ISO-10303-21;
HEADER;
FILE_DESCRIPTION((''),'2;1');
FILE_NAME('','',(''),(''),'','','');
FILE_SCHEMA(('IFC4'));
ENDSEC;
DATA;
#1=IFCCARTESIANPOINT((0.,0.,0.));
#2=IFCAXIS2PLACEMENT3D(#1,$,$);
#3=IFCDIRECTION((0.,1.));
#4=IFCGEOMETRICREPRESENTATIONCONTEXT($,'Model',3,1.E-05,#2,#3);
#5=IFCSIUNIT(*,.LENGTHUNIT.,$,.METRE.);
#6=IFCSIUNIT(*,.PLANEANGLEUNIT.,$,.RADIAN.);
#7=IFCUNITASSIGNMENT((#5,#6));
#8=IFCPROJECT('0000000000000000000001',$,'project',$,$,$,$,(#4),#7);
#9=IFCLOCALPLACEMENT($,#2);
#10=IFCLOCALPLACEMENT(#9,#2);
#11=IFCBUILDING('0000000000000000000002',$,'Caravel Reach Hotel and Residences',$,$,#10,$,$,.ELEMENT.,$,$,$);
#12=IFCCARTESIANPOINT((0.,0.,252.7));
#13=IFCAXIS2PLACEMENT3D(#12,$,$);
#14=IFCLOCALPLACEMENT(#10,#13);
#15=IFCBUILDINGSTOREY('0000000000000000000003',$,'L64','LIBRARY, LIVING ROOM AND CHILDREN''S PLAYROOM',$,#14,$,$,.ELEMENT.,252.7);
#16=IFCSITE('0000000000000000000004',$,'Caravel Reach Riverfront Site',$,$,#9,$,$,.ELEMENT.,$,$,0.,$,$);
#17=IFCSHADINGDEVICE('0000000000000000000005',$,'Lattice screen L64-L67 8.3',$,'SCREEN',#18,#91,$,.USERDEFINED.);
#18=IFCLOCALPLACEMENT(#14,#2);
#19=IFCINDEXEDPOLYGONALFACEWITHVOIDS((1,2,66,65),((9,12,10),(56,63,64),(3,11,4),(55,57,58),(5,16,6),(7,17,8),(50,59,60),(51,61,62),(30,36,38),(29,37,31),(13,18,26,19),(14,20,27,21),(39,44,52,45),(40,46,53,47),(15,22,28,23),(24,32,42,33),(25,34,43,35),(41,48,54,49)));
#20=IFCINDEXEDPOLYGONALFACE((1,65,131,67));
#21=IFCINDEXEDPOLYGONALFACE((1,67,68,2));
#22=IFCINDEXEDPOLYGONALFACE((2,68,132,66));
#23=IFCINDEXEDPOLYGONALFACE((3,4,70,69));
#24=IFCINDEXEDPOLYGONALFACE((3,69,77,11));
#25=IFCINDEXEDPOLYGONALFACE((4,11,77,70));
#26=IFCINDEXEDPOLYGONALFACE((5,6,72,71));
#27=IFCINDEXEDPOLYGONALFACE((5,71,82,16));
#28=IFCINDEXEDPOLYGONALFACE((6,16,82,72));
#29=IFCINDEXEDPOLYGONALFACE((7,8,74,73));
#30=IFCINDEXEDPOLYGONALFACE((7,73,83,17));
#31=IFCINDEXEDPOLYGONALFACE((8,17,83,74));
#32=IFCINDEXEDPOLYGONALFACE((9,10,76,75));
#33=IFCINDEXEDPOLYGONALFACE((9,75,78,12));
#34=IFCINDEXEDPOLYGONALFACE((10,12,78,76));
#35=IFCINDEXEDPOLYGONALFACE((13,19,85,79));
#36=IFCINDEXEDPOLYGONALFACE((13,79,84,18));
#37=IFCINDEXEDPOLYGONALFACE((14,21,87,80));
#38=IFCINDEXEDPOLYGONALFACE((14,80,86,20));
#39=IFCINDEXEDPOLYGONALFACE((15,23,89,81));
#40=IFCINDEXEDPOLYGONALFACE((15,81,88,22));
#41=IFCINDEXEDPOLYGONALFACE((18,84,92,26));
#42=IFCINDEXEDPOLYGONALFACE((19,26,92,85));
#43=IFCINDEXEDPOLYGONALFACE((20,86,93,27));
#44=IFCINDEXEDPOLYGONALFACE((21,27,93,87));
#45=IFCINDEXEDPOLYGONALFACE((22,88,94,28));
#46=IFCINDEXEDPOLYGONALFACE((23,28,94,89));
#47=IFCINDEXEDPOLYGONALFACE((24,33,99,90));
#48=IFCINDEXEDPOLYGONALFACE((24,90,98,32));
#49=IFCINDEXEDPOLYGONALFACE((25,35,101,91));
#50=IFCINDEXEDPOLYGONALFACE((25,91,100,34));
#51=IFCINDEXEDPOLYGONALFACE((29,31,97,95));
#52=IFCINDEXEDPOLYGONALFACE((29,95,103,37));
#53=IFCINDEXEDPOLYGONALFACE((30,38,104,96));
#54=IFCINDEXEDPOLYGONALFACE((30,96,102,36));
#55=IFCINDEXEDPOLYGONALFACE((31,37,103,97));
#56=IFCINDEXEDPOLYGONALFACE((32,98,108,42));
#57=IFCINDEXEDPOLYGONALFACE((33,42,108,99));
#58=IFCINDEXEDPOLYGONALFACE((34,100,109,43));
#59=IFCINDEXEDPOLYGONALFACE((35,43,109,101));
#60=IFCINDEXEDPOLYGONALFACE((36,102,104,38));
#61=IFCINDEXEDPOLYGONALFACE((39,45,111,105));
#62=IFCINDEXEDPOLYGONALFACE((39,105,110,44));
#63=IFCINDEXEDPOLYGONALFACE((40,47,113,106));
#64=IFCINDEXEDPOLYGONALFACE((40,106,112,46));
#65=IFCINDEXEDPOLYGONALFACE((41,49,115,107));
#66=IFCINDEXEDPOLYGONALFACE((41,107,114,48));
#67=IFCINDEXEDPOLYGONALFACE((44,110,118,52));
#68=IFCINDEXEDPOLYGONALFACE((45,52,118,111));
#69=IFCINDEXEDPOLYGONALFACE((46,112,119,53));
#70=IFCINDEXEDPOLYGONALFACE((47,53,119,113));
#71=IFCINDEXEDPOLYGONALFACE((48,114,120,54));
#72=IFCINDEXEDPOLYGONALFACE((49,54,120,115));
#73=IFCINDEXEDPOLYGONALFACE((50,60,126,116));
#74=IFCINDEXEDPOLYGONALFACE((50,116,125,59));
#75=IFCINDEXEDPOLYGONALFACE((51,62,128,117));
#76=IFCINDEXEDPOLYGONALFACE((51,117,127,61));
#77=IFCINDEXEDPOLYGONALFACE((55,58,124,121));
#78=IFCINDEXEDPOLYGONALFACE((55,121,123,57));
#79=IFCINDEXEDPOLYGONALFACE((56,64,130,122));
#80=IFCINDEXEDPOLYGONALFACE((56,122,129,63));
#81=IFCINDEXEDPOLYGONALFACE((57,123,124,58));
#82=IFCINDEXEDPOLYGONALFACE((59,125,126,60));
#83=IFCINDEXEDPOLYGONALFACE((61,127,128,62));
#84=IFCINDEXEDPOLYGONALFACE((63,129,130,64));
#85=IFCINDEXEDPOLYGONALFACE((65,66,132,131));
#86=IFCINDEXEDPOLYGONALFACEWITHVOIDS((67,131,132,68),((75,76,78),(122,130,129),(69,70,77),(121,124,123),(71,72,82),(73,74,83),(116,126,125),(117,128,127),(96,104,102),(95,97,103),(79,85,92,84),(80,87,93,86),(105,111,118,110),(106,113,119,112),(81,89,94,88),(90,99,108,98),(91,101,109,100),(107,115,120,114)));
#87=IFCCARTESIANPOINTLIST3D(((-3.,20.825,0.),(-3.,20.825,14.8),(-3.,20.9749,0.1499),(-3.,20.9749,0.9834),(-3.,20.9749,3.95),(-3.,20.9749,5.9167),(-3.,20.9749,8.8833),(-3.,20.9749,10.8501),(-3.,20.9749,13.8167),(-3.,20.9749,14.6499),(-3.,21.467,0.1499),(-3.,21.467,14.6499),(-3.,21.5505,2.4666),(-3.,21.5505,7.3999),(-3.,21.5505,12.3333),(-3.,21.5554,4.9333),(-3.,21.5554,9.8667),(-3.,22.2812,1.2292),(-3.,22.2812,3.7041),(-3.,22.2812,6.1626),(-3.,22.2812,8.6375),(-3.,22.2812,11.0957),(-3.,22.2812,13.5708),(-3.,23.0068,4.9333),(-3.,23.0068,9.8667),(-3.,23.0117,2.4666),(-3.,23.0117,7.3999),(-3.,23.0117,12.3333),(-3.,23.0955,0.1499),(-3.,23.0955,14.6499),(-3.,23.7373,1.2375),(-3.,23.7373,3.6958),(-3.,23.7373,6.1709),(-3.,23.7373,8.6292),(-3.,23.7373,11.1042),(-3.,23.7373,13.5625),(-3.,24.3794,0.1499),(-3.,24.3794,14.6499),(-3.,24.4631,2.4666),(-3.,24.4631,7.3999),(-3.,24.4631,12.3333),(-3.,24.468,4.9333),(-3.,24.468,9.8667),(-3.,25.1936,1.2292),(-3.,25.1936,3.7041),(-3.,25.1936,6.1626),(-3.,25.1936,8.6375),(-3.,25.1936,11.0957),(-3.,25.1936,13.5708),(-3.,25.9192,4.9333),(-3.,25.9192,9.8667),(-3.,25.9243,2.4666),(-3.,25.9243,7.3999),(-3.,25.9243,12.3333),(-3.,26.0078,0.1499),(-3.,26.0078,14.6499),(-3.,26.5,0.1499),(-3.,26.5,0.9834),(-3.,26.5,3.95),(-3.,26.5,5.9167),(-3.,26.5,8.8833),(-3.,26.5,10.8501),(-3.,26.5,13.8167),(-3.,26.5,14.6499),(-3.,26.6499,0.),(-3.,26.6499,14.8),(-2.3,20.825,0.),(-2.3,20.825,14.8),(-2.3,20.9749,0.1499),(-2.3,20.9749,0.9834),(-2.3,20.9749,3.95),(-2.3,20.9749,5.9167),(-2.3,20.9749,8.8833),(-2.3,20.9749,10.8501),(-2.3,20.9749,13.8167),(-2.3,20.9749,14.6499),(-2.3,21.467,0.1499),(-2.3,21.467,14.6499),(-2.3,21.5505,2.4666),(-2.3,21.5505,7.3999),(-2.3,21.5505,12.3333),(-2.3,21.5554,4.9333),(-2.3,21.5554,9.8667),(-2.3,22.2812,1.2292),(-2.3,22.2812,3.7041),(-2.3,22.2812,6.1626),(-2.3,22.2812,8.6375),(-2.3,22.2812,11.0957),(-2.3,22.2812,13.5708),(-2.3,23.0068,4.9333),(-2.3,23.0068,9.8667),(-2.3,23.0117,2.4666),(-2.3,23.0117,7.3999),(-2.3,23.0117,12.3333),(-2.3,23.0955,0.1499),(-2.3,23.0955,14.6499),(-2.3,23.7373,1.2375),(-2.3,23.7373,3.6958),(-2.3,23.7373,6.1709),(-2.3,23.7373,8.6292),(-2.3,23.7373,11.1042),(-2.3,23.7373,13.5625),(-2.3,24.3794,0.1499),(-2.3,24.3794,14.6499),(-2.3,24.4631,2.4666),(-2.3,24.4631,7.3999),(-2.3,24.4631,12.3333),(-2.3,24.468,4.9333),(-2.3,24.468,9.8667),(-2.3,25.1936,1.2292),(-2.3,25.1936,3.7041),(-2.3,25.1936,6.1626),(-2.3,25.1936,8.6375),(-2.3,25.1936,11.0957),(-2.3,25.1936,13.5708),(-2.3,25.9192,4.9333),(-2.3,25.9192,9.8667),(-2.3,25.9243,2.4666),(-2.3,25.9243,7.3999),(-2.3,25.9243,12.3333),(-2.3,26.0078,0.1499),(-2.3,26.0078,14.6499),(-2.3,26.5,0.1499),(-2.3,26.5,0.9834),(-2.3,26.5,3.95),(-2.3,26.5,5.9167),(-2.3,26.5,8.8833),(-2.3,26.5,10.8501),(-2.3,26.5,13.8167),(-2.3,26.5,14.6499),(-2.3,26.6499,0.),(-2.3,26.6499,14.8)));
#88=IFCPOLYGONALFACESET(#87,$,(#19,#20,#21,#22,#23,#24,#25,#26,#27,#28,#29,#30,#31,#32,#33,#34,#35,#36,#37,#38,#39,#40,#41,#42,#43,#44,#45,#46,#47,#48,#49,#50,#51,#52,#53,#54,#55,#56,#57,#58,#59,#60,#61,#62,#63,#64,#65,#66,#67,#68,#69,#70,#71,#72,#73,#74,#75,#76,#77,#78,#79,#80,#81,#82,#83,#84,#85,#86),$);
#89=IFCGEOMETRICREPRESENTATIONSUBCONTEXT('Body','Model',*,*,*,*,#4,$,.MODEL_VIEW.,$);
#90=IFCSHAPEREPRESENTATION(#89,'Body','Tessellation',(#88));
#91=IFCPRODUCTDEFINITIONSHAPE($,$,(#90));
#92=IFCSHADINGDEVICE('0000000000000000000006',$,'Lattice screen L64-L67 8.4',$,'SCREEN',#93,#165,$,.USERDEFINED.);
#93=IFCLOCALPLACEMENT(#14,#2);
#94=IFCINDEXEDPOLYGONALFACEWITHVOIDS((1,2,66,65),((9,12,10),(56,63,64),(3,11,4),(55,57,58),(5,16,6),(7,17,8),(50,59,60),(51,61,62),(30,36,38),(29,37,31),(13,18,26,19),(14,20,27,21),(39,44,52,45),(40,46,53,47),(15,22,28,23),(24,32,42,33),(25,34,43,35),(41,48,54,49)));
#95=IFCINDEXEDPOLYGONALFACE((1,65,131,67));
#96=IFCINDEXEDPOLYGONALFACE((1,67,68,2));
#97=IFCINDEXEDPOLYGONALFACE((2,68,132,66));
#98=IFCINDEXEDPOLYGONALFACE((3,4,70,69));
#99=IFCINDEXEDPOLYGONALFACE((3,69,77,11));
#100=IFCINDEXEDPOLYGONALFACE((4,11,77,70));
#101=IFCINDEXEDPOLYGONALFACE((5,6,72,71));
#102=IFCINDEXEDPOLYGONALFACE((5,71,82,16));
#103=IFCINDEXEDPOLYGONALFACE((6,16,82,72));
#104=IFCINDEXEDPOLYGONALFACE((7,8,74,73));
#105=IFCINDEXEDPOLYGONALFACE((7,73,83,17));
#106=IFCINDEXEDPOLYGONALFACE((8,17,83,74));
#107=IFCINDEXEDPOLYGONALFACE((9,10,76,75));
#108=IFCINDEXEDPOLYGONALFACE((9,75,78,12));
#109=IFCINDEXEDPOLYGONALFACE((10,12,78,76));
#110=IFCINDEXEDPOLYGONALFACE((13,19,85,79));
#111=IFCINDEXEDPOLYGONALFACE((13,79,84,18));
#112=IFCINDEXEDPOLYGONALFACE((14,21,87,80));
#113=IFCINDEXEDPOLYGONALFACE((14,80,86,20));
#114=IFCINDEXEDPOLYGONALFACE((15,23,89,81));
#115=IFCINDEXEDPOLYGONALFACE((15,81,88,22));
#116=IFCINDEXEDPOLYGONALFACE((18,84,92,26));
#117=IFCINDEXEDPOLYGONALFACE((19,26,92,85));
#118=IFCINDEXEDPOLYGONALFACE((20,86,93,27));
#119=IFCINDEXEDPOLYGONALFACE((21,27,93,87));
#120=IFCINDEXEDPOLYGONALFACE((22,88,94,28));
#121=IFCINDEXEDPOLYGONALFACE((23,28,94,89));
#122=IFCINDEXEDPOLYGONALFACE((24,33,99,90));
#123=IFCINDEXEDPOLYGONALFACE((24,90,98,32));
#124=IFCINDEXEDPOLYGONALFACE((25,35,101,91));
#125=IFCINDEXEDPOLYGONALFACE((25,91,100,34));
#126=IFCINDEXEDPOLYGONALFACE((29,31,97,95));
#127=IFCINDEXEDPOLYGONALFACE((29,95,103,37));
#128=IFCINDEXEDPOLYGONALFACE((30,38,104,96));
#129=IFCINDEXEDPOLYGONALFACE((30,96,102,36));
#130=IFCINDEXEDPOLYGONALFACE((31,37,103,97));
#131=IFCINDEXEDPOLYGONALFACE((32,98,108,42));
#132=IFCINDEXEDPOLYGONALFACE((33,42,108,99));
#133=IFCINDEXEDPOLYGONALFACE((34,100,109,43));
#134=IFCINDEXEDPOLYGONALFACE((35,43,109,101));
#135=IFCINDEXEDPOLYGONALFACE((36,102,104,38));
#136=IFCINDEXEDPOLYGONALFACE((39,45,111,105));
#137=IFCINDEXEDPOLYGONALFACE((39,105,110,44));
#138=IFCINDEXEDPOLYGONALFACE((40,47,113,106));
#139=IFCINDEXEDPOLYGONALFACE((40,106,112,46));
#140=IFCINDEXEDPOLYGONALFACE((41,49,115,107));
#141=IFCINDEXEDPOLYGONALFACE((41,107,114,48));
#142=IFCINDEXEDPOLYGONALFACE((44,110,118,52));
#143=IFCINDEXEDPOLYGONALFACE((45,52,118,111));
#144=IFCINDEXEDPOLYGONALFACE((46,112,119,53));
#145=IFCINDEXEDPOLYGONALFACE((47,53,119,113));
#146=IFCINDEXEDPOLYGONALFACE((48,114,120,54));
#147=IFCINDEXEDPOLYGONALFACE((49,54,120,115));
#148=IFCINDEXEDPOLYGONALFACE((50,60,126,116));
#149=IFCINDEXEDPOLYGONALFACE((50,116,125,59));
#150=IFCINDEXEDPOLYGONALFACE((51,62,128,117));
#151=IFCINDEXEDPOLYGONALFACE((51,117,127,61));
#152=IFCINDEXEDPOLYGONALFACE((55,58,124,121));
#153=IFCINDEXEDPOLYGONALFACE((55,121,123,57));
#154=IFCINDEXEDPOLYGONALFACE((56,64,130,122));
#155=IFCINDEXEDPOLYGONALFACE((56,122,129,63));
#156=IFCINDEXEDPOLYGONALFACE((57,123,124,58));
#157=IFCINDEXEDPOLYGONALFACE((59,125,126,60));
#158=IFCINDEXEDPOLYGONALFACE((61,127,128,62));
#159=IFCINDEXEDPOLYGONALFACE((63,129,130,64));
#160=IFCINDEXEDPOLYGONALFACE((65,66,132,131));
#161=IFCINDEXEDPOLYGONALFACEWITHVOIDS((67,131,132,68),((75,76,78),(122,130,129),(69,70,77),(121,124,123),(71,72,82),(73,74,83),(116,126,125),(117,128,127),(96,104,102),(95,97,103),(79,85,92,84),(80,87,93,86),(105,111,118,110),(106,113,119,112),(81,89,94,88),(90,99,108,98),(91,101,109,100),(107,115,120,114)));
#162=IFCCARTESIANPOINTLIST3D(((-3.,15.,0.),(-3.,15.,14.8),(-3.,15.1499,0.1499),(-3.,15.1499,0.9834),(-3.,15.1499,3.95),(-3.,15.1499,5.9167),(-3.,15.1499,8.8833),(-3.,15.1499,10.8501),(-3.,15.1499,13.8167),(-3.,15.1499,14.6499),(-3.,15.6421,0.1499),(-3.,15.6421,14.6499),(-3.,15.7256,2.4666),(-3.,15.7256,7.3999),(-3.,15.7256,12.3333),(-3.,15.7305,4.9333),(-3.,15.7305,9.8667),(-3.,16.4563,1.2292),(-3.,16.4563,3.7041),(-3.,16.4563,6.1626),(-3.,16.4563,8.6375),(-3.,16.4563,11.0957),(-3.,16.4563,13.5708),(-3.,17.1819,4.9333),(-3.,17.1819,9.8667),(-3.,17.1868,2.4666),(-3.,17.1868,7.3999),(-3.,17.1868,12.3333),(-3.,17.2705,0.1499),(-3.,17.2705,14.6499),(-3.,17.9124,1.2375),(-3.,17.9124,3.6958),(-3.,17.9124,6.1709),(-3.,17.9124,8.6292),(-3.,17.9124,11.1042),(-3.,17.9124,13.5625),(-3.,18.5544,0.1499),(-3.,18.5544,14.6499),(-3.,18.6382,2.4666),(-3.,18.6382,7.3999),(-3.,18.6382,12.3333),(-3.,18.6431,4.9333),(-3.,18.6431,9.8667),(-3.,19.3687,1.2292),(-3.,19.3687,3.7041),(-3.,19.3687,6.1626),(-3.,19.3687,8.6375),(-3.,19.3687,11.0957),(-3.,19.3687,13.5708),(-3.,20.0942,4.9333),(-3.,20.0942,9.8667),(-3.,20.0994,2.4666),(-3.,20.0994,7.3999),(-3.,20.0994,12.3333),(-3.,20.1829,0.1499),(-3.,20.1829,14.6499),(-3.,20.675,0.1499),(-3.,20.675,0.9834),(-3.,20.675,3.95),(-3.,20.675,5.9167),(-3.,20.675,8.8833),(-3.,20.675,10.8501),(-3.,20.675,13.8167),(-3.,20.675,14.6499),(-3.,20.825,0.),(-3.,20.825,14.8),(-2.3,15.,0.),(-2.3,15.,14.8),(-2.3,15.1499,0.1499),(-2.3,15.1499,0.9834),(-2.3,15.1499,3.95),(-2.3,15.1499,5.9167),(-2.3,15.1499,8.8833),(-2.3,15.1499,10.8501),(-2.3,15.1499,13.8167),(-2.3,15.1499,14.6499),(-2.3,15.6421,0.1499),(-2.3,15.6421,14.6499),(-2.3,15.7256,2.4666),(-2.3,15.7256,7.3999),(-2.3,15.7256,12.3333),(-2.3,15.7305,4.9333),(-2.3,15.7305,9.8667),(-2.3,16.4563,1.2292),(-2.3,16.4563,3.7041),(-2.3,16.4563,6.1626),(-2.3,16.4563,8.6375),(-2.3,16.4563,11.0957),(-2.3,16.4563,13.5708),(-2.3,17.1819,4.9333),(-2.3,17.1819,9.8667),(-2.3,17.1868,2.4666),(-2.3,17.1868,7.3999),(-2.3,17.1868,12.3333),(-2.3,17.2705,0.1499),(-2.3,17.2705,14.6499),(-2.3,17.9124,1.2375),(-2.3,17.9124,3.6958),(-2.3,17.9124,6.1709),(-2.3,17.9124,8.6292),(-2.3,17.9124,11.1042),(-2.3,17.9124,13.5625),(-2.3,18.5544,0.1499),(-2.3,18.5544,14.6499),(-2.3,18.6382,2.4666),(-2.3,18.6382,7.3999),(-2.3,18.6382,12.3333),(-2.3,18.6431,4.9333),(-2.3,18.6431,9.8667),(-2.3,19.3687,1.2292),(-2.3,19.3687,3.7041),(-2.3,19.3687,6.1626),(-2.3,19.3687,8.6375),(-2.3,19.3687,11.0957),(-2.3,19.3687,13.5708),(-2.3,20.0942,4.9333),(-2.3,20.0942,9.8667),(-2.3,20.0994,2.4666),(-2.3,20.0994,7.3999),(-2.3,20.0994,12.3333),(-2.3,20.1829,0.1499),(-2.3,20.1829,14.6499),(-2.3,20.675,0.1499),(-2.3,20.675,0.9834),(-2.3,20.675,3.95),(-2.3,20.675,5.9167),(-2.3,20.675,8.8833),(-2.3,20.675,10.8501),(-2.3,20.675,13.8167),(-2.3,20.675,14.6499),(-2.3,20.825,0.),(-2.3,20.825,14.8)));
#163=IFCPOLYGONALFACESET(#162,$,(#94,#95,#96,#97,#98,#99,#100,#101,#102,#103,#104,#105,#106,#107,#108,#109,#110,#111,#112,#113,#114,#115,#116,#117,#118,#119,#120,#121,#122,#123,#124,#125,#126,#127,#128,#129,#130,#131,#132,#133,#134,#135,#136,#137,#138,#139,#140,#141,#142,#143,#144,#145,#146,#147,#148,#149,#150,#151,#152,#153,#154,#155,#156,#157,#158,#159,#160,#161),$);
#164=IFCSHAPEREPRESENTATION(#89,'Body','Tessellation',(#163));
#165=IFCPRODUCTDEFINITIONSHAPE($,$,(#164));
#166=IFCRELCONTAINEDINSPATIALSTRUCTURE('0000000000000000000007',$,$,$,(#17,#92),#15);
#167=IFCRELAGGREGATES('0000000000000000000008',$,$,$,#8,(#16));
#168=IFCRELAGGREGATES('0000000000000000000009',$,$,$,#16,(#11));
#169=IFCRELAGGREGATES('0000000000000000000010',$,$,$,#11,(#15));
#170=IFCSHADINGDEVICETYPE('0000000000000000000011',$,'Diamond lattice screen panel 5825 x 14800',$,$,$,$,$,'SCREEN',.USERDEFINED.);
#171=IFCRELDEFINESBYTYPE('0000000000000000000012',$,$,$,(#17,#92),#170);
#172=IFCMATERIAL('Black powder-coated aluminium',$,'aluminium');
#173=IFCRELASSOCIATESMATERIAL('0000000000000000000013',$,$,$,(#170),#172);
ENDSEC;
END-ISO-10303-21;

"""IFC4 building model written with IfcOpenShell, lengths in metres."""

from ifc_helpers import new_model, si_unit, direction, frame, origin, place, context, subcontext, project, spatial, polyline, outline, extrude, material, type_object, element, save


model = new_model("IFC4")

# Units and contexts
model_context = context("Model", 3, precision=1e-05, world=origin(), true_north=direction((0.0, 1.0)))
body_context = subcontext(model_context, "Body", "Model", "MODEL_VIEW")
ifc_project = project(units=[si_unit("LENGTHUNIT", "METRE"), si_unit("PLANEANGLEUNIT", "RADIAN")], contexts=[model_context])

# Site, building, storey
site_placement = place(None, origin())
site = spatial("IfcSite", under=ifc_project, at=site_placement, Name="Caravel Reach Riverfront Site", CompositionType="ELEMENT", RefElevation=0.0)
building_placement = place(site_placement, origin())
building = spatial("IfcBuilding", under=site, at=building_placement, Name="Caravel Reach Hotel and Residences", CompositionType="ELEMENT")
storey_placement = place(building_placement, frame((0.0, 0.0, 252.7)))
storey = spatial("IfcBuildingStorey", under=building, at=storey_placement, Name="L64", Description="LIBRARY, LIVING ROOM AND CHILDREN'S PLAYROOM", CompositionType="ELEMENT", Elevation=252.7)

# Shading devices
ifc_material_1 = material(Name="Black powder-coated aluminium", Category="aluminium")
shading_device_type = type_object("IfcShadingDeviceType", Name="Diamond lattice screen panel 5825 x 14800", ElementType="SCREEN", PredefinedType="USERDEFINED", material=ifc_material_1)
shading_device_1_placement = place(storey_placement, frame((-2.3, 26.6499, 0.0), z_axis=(-1.0, 0.0, 0.0), x_axis=(0.0, -1.0, 0.0)))
element("IfcShadingDevice", 1, at=shading_device_1_placement, inside=storey, type_object=shading_device_type, Name="Lattice screen L64-L67 8.3", ObjectType="SCREEN", PredefinedType="USERDEFINED", context=body_context, shape_type="SweptSolid", body=[
    extrude(outline(polyline([(0.0, 0.0), (5.825, 0.0), (5.825, 14.8), (0.0, 14.8), (0.0, 0.0)]), holes=[polyline([(0.6421, 0.1499), (0.1499, 0.9834), (0.1499, 0.1499), (0.6421, 0.1499)]), polyline([(0.7307, 4.9333), (0.1499, 5.9167), (0.1499, 3.95), (0.7307, 4.9333)]), polyline([(0.7307, 9.8667), (0.1499, 10.8501), (0.1499, 8.8833), (0.7307, 9.8667)]), polyline([(0.1499, 13.8167), (0.6421, 14.6499), (0.1499, 14.6499), (0.1499, 13.8167)]), polyline([(1.4563, 3.7041), (0.7256, 2.4666), (1.4563, 1.2292), (2.1868, 2.4666), (1.4563, 3.7041)]), polyline([(1.4563, 8.6375), (0.7256, 7.3999), (1.4563, 6.1626), (2.1868, 7.3999), (1.4563, 8.6375)]), polyline([(1.4563, 13.5708), (0.7256, 12.3333), (1.4563, 11.0957), (2.1868, 12.3333), (1.4563, 13.5708)]), polyline([(2.9126, 1.2375), (2.2705, 0.1499), (3.5544, 0.1499), (2.9126, 1.2375)]), polyline([(2.9126, 6.1709), (2.1819, 4.9333), (2.9126, 3.6958), (3.6431, 4.9333), (2.9126, 6.1709)]), polyline([(2.9126, 11.1042), (2.1819, 9.8667), (2.9126, 8.6292), (3.6431, 9.8667), (2.9126, 11.1042)]), polyline([(2.9126, 13.5625), (3.5544, 14.6499), (2.2705, 14.6499), (2.9126, 13.5625)]), polyline([(4.3687, 3.7041), (3.6382, 2.4666), (4.3687, 1.2292), (5.0994, 2.4666), (4.3687, 3.7041)]), polyline([(4.3687, 8.6375), (3.6382, 7.3999), (4.3687, 6.1626), (5.0994, 7.3999), (4.3687, 8.6375)]), polyline([(4.3687, 13.5708), (3.6382, 12.3333), (4.3687, 11.0957), (5.0994, 12.3333), (4.3687, 13.5708)]), polyline([(5.675, 0.9834), (5.1829, 0.1499), (5.675, 0.1499), (5.675, 0.9834)]), polyline([(5.0945, 4.9333), (5.675, 3.95), (5.675, 5.9167), (5.0945, 4.9333)]), polyline([(5.0945, 9.8667), (5.675, 8.8833), (5.675, 10.8501), (5.0945, 9.8667)]), polyline([(5.1829, 14.6499), (5.675, 13.8167), (5.675, 14.6499), (5.1829, 14.6499)])]), origin(), (0.0, 0.0, 1.0), 0.7),
])
shading_device_2_placement = place(storey_placement, frame((-2.3, 20.825, 0.0), z_axis=(-1.0, 0.0, 0.0), x_axis=(0.0, -1.0, 0.0)))
element("IfcShadingDevice", 2, at=shading_device_2_placement, inside=storey, type_object=shading_device_type, Name="Lattice screen L64-L67 8.4", ObjectType="SCREEN", PredefinedType="USERDEFINED", context=body_context, shape_type="SweptSolid", body=[
    extrude(outline(polyline([(0.0, 0.0), (5.825, 0.0), (5.825, 14.8), (0.0, 14.8), (0.0, 0.0)]), holes=[polyline([(0.6421, 0.1499), (0.1499, 0.9834), (0.1499, 0.1499), (0.6421, 0.1499)]), polyline([(0.7307, 4.9333), (0.1499, 5.9167), (0.1499, 3.95), (0.7307, 4.9333)]), polyline([(0.7307, 9.8667), (0.1499, 10.8501), (0.1499, 8.8833), (0.7307, 9.8667)]), polyline([(0.1499, 13.8167), (0.6421, 14.6499), (0.1499, 14.6499), (0.1499, 13.8167)]), polyline([(1.4563, 3.7041), (0.7256, 2.4666), (1.4563, 1.2292), (2.1868, 2.4666), (1.4563, 3.7041)]), polyline([(1.4563, 8.6375), (0.7256, 7.3999), (1.4563, 6.1626), (2.1868, 7.3999), (1.4563, 8.6375)]), polyline([(1.4563, 13.5708), (0.7256, 12.3333), (1.4563, 11.0957), (2.1868, 12.3333), (1.4563, 13.5708)]), polyline([(2.9126, 1.2375), (2.2705, 0.1499), (3.5544, 0.1499), (2.9126, 1.2375)]), polyline([(2.9126, 6.1709), (2.1819, 4.9333), (2.9126, 3.6958), (3.6431, 4.9333), (2.9126, 6.1709)]), polyline([(2.9126, 11.1042), (2.1819, 9.8667), (2.9126, 8.6292), (3.6431, 9.8667), (2.9126, 11.1042)]), polyline([(2.9126, 13.5625), (3.5544, 14.6499), (2.2705, 14.6499), (2.9126, 13.5625)]), polyline([(4.3687, 3.7041), (3.6382, 2.4666), (4.3687, 1.2292), (5.0994, 2.4666), (4.3687, 3.7041)]), polyline([(4.3687, 8.6375), (3.6382, 7.3999), (4.3687, 6.1626), (5.0994, 7.3999), (4.3687, 8.6375)]), polyline([(4.3687, 13.5708), (3.6382, 12.3333), (4.3687, 11.0957), (5.0994, 12.3333), (4.3687, 13.5708)]), polyline([(5.675, 0.9834), (5.1829, 0.1499), (5.675, 0.1499), (5.675, 0.9834)]), polyline([(5.0945, 4.9333), (5.675, 3.95), (5.675, 5.9167), (5.0945, 4.9333)]), polyline([(5.0945, 9.8667), (5.675, 8.8833), (5.675, 10.8501), (5.0945, 9.8667)]), polyline([(5.1829, 14.6499), (5.675, 13.8167), (5.675, 14.6499), (5.1829, 14.6499)])]), origin(), (0.0, 0.0, 1.0), 0.7),
])

save(model, "model.ifc")
